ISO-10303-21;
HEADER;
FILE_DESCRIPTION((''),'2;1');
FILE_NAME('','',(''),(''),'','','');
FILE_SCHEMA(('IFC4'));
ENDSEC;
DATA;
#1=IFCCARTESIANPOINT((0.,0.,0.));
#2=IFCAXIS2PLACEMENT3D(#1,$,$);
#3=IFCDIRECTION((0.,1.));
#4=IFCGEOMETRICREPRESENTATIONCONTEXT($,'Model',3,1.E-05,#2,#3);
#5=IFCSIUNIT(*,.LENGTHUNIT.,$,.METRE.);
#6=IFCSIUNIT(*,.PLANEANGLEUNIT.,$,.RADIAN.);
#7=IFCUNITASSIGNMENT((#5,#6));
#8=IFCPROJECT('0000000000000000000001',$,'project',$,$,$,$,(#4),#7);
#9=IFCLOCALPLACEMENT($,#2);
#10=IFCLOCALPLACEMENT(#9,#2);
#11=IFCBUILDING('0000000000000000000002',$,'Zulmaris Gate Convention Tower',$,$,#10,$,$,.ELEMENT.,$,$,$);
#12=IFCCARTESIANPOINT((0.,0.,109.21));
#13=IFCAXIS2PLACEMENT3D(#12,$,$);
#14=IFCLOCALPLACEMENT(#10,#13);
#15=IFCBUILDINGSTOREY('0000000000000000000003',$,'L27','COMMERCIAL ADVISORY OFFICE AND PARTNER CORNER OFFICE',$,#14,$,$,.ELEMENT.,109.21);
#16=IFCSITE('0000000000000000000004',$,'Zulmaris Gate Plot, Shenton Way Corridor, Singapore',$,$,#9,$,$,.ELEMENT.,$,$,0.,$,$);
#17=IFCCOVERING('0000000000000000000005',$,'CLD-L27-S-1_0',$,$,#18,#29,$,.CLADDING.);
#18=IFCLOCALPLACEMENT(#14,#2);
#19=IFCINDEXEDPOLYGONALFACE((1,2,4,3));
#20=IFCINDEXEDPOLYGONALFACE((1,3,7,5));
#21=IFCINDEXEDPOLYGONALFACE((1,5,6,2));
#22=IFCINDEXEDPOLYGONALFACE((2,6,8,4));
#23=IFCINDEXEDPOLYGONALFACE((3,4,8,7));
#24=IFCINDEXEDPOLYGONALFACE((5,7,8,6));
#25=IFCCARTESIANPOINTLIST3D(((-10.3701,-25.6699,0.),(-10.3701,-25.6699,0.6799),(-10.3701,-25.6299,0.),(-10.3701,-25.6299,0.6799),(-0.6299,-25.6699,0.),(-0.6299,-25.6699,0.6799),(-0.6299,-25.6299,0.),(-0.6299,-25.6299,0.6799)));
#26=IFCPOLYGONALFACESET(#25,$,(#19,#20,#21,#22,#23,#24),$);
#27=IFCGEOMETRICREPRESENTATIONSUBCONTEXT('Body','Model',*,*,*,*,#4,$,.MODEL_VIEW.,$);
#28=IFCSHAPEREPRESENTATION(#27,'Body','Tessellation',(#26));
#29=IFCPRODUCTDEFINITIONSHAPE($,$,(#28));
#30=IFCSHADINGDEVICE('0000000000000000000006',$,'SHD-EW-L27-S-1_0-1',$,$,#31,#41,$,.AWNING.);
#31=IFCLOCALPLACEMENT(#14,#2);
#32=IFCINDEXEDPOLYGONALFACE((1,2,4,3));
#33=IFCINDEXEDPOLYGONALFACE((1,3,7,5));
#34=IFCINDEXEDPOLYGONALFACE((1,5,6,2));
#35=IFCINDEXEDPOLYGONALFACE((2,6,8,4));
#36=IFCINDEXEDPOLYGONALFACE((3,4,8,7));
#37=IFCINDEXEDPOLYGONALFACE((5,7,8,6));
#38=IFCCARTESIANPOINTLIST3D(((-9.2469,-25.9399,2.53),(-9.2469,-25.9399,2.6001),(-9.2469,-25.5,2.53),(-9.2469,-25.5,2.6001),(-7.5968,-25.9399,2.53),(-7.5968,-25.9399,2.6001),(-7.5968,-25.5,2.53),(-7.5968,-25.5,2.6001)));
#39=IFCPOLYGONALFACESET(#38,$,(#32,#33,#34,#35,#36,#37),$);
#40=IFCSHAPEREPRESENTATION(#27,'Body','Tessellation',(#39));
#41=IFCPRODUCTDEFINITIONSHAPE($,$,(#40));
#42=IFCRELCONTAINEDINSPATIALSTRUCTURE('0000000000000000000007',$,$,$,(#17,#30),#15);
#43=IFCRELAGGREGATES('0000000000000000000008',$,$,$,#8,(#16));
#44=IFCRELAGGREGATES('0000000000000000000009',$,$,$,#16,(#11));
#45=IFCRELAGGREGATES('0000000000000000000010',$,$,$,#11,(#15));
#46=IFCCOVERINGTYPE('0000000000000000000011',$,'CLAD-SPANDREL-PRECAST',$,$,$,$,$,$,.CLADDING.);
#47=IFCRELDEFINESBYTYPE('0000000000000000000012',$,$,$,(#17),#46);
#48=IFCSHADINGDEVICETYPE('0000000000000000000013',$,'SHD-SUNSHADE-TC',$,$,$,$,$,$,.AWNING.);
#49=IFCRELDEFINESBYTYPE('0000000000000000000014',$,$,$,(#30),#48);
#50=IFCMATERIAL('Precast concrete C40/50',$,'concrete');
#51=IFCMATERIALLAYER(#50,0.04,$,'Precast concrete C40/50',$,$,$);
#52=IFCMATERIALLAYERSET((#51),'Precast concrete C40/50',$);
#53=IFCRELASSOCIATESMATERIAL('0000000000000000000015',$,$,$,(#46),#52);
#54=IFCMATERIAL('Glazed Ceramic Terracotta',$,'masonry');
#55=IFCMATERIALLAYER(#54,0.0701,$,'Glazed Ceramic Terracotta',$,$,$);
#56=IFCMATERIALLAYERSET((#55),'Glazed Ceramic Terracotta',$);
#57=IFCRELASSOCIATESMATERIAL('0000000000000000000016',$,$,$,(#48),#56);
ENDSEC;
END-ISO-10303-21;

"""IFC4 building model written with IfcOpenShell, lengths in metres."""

from ifc_helpers import new_model, si_unit, direction, frame, frame_2d, origin, place, context, subcontext, project, spatial, rectangle, extrude, material, layer, layer_set, type_object, element, save


model = new_model("IFC4")

# Units and contexts
model_context = context("Model", 3, precision=1e-05, world=origin(), true_north=direction((0.0, 1.0)))
body_context = subcontext(model_context, "Body", "Model", "MODEL_VIEW")
ifc_project = project(units=[si_unit("LENGTHUNIT", "METRE"), si_unit("PLANEANGLEUNIT", "RADIAN")], contexts=[model_context])

# Site, building, storey
site_placement = place(None, origin())
site = spatial("IfcSite", under=ifc_project, at=site_placement, Name="Zulmaris Gate Plot, Shenton Way Corridor, Singapore", CompositionType="ELEMENT", RefElevation=0.0)
building_placement = place(site_placement, origin())
building = spatial("IfcBuilding", under=site, at=building_placement, Name="Zulmaris Gate Convention Tower", CompositionType="ELEMENT")
storey_placement = place(building_placement, frame((0.0, 0.0, 109.21)))
storey = spatial("IfcBuildingStorey", under=building, at=storey_placement, Name="L27", Description="COMMERCIAL ADVISORY OFFICE AND PARTNER CORNER OFFICE", CompositionType="ELEMENT", Elevation=109.21)

# Shared definitions
ifc_material_1 = material(Name="Precast concrete C40/50", Category="concrete")

# Covering
ifc_layer_1 = layer(ifc_material_1, 0.04, Name="Precast concrete C40/50")
ifc_layer_set_1 = layer_set([ifc_layer_1], Name="Precast concrete C40/50")
covering_type = type_object("IfcCoveringType", Name="CLAD-SPANDREL-PRECAST", PredefinedType="CLADDING", material=ifc_layer_set_1)
covering_placement = place(storey_placement, frame((-10.3701, -25.6499, 0.0), z_axis=(0.0, 0.0, 1.0), x_axis=(1.0, 0.0, 0.0)))
element("IfcCovering", 1, at=covering_placement, inside=storey, type_object=covering_type, Name="CLD-L27-S-1_0", PredefinedType="CLADDING", context=body_context, shape_type="SweptSolid", body=[
    extrude(rectangle(XDim=9.7402, YDim=0.04, at=frame_2d((4.8701, 0.0))), origin(), (0.0, 0.0, 1.0), 0.6799),
])

# Shading device
ifc_material_2 = material(Name="Glazed Ceramic Terracotta", Category="masonry")
ifc_layer_2 = layer(ifc_material_2, 0.0701, Name="Glazed Ceramic Terracotta")
ifc_layer_set_2 = layer_set([ifc_layer_2], Name="Glazed Ceramic Terracotta")
shading_device_type = type_object("IfcShadingDeviceType", Name="SHD-SUNSHADE-TC", PredefinedType="AWNING", material=ifc_layer_set_2)
shading_device_placement = place(storey_placement, frame((-9.2471, -25.72, 2.53), z_axis=(0.0, 0.0, 1.0), x_axis=(1.0, 0.0, 0.0)))
element("IfcShadingDevice", 2, at=shading_device_placement, inside=storey, type_object=shading_device_type, Name="SHD-EW-L27-S-1_0-1", PredefinedType="AWNING", context=body_context, shape_type="SweptSolid", body=[
    extrude(rectangle(XDim=1.6501, YDim=0.4399, at=frame_2d((0.8252, 0.0))), origin(), (0.0, 0.0, 1.0), 0.0701),
])

save(model, "model.ifc")
